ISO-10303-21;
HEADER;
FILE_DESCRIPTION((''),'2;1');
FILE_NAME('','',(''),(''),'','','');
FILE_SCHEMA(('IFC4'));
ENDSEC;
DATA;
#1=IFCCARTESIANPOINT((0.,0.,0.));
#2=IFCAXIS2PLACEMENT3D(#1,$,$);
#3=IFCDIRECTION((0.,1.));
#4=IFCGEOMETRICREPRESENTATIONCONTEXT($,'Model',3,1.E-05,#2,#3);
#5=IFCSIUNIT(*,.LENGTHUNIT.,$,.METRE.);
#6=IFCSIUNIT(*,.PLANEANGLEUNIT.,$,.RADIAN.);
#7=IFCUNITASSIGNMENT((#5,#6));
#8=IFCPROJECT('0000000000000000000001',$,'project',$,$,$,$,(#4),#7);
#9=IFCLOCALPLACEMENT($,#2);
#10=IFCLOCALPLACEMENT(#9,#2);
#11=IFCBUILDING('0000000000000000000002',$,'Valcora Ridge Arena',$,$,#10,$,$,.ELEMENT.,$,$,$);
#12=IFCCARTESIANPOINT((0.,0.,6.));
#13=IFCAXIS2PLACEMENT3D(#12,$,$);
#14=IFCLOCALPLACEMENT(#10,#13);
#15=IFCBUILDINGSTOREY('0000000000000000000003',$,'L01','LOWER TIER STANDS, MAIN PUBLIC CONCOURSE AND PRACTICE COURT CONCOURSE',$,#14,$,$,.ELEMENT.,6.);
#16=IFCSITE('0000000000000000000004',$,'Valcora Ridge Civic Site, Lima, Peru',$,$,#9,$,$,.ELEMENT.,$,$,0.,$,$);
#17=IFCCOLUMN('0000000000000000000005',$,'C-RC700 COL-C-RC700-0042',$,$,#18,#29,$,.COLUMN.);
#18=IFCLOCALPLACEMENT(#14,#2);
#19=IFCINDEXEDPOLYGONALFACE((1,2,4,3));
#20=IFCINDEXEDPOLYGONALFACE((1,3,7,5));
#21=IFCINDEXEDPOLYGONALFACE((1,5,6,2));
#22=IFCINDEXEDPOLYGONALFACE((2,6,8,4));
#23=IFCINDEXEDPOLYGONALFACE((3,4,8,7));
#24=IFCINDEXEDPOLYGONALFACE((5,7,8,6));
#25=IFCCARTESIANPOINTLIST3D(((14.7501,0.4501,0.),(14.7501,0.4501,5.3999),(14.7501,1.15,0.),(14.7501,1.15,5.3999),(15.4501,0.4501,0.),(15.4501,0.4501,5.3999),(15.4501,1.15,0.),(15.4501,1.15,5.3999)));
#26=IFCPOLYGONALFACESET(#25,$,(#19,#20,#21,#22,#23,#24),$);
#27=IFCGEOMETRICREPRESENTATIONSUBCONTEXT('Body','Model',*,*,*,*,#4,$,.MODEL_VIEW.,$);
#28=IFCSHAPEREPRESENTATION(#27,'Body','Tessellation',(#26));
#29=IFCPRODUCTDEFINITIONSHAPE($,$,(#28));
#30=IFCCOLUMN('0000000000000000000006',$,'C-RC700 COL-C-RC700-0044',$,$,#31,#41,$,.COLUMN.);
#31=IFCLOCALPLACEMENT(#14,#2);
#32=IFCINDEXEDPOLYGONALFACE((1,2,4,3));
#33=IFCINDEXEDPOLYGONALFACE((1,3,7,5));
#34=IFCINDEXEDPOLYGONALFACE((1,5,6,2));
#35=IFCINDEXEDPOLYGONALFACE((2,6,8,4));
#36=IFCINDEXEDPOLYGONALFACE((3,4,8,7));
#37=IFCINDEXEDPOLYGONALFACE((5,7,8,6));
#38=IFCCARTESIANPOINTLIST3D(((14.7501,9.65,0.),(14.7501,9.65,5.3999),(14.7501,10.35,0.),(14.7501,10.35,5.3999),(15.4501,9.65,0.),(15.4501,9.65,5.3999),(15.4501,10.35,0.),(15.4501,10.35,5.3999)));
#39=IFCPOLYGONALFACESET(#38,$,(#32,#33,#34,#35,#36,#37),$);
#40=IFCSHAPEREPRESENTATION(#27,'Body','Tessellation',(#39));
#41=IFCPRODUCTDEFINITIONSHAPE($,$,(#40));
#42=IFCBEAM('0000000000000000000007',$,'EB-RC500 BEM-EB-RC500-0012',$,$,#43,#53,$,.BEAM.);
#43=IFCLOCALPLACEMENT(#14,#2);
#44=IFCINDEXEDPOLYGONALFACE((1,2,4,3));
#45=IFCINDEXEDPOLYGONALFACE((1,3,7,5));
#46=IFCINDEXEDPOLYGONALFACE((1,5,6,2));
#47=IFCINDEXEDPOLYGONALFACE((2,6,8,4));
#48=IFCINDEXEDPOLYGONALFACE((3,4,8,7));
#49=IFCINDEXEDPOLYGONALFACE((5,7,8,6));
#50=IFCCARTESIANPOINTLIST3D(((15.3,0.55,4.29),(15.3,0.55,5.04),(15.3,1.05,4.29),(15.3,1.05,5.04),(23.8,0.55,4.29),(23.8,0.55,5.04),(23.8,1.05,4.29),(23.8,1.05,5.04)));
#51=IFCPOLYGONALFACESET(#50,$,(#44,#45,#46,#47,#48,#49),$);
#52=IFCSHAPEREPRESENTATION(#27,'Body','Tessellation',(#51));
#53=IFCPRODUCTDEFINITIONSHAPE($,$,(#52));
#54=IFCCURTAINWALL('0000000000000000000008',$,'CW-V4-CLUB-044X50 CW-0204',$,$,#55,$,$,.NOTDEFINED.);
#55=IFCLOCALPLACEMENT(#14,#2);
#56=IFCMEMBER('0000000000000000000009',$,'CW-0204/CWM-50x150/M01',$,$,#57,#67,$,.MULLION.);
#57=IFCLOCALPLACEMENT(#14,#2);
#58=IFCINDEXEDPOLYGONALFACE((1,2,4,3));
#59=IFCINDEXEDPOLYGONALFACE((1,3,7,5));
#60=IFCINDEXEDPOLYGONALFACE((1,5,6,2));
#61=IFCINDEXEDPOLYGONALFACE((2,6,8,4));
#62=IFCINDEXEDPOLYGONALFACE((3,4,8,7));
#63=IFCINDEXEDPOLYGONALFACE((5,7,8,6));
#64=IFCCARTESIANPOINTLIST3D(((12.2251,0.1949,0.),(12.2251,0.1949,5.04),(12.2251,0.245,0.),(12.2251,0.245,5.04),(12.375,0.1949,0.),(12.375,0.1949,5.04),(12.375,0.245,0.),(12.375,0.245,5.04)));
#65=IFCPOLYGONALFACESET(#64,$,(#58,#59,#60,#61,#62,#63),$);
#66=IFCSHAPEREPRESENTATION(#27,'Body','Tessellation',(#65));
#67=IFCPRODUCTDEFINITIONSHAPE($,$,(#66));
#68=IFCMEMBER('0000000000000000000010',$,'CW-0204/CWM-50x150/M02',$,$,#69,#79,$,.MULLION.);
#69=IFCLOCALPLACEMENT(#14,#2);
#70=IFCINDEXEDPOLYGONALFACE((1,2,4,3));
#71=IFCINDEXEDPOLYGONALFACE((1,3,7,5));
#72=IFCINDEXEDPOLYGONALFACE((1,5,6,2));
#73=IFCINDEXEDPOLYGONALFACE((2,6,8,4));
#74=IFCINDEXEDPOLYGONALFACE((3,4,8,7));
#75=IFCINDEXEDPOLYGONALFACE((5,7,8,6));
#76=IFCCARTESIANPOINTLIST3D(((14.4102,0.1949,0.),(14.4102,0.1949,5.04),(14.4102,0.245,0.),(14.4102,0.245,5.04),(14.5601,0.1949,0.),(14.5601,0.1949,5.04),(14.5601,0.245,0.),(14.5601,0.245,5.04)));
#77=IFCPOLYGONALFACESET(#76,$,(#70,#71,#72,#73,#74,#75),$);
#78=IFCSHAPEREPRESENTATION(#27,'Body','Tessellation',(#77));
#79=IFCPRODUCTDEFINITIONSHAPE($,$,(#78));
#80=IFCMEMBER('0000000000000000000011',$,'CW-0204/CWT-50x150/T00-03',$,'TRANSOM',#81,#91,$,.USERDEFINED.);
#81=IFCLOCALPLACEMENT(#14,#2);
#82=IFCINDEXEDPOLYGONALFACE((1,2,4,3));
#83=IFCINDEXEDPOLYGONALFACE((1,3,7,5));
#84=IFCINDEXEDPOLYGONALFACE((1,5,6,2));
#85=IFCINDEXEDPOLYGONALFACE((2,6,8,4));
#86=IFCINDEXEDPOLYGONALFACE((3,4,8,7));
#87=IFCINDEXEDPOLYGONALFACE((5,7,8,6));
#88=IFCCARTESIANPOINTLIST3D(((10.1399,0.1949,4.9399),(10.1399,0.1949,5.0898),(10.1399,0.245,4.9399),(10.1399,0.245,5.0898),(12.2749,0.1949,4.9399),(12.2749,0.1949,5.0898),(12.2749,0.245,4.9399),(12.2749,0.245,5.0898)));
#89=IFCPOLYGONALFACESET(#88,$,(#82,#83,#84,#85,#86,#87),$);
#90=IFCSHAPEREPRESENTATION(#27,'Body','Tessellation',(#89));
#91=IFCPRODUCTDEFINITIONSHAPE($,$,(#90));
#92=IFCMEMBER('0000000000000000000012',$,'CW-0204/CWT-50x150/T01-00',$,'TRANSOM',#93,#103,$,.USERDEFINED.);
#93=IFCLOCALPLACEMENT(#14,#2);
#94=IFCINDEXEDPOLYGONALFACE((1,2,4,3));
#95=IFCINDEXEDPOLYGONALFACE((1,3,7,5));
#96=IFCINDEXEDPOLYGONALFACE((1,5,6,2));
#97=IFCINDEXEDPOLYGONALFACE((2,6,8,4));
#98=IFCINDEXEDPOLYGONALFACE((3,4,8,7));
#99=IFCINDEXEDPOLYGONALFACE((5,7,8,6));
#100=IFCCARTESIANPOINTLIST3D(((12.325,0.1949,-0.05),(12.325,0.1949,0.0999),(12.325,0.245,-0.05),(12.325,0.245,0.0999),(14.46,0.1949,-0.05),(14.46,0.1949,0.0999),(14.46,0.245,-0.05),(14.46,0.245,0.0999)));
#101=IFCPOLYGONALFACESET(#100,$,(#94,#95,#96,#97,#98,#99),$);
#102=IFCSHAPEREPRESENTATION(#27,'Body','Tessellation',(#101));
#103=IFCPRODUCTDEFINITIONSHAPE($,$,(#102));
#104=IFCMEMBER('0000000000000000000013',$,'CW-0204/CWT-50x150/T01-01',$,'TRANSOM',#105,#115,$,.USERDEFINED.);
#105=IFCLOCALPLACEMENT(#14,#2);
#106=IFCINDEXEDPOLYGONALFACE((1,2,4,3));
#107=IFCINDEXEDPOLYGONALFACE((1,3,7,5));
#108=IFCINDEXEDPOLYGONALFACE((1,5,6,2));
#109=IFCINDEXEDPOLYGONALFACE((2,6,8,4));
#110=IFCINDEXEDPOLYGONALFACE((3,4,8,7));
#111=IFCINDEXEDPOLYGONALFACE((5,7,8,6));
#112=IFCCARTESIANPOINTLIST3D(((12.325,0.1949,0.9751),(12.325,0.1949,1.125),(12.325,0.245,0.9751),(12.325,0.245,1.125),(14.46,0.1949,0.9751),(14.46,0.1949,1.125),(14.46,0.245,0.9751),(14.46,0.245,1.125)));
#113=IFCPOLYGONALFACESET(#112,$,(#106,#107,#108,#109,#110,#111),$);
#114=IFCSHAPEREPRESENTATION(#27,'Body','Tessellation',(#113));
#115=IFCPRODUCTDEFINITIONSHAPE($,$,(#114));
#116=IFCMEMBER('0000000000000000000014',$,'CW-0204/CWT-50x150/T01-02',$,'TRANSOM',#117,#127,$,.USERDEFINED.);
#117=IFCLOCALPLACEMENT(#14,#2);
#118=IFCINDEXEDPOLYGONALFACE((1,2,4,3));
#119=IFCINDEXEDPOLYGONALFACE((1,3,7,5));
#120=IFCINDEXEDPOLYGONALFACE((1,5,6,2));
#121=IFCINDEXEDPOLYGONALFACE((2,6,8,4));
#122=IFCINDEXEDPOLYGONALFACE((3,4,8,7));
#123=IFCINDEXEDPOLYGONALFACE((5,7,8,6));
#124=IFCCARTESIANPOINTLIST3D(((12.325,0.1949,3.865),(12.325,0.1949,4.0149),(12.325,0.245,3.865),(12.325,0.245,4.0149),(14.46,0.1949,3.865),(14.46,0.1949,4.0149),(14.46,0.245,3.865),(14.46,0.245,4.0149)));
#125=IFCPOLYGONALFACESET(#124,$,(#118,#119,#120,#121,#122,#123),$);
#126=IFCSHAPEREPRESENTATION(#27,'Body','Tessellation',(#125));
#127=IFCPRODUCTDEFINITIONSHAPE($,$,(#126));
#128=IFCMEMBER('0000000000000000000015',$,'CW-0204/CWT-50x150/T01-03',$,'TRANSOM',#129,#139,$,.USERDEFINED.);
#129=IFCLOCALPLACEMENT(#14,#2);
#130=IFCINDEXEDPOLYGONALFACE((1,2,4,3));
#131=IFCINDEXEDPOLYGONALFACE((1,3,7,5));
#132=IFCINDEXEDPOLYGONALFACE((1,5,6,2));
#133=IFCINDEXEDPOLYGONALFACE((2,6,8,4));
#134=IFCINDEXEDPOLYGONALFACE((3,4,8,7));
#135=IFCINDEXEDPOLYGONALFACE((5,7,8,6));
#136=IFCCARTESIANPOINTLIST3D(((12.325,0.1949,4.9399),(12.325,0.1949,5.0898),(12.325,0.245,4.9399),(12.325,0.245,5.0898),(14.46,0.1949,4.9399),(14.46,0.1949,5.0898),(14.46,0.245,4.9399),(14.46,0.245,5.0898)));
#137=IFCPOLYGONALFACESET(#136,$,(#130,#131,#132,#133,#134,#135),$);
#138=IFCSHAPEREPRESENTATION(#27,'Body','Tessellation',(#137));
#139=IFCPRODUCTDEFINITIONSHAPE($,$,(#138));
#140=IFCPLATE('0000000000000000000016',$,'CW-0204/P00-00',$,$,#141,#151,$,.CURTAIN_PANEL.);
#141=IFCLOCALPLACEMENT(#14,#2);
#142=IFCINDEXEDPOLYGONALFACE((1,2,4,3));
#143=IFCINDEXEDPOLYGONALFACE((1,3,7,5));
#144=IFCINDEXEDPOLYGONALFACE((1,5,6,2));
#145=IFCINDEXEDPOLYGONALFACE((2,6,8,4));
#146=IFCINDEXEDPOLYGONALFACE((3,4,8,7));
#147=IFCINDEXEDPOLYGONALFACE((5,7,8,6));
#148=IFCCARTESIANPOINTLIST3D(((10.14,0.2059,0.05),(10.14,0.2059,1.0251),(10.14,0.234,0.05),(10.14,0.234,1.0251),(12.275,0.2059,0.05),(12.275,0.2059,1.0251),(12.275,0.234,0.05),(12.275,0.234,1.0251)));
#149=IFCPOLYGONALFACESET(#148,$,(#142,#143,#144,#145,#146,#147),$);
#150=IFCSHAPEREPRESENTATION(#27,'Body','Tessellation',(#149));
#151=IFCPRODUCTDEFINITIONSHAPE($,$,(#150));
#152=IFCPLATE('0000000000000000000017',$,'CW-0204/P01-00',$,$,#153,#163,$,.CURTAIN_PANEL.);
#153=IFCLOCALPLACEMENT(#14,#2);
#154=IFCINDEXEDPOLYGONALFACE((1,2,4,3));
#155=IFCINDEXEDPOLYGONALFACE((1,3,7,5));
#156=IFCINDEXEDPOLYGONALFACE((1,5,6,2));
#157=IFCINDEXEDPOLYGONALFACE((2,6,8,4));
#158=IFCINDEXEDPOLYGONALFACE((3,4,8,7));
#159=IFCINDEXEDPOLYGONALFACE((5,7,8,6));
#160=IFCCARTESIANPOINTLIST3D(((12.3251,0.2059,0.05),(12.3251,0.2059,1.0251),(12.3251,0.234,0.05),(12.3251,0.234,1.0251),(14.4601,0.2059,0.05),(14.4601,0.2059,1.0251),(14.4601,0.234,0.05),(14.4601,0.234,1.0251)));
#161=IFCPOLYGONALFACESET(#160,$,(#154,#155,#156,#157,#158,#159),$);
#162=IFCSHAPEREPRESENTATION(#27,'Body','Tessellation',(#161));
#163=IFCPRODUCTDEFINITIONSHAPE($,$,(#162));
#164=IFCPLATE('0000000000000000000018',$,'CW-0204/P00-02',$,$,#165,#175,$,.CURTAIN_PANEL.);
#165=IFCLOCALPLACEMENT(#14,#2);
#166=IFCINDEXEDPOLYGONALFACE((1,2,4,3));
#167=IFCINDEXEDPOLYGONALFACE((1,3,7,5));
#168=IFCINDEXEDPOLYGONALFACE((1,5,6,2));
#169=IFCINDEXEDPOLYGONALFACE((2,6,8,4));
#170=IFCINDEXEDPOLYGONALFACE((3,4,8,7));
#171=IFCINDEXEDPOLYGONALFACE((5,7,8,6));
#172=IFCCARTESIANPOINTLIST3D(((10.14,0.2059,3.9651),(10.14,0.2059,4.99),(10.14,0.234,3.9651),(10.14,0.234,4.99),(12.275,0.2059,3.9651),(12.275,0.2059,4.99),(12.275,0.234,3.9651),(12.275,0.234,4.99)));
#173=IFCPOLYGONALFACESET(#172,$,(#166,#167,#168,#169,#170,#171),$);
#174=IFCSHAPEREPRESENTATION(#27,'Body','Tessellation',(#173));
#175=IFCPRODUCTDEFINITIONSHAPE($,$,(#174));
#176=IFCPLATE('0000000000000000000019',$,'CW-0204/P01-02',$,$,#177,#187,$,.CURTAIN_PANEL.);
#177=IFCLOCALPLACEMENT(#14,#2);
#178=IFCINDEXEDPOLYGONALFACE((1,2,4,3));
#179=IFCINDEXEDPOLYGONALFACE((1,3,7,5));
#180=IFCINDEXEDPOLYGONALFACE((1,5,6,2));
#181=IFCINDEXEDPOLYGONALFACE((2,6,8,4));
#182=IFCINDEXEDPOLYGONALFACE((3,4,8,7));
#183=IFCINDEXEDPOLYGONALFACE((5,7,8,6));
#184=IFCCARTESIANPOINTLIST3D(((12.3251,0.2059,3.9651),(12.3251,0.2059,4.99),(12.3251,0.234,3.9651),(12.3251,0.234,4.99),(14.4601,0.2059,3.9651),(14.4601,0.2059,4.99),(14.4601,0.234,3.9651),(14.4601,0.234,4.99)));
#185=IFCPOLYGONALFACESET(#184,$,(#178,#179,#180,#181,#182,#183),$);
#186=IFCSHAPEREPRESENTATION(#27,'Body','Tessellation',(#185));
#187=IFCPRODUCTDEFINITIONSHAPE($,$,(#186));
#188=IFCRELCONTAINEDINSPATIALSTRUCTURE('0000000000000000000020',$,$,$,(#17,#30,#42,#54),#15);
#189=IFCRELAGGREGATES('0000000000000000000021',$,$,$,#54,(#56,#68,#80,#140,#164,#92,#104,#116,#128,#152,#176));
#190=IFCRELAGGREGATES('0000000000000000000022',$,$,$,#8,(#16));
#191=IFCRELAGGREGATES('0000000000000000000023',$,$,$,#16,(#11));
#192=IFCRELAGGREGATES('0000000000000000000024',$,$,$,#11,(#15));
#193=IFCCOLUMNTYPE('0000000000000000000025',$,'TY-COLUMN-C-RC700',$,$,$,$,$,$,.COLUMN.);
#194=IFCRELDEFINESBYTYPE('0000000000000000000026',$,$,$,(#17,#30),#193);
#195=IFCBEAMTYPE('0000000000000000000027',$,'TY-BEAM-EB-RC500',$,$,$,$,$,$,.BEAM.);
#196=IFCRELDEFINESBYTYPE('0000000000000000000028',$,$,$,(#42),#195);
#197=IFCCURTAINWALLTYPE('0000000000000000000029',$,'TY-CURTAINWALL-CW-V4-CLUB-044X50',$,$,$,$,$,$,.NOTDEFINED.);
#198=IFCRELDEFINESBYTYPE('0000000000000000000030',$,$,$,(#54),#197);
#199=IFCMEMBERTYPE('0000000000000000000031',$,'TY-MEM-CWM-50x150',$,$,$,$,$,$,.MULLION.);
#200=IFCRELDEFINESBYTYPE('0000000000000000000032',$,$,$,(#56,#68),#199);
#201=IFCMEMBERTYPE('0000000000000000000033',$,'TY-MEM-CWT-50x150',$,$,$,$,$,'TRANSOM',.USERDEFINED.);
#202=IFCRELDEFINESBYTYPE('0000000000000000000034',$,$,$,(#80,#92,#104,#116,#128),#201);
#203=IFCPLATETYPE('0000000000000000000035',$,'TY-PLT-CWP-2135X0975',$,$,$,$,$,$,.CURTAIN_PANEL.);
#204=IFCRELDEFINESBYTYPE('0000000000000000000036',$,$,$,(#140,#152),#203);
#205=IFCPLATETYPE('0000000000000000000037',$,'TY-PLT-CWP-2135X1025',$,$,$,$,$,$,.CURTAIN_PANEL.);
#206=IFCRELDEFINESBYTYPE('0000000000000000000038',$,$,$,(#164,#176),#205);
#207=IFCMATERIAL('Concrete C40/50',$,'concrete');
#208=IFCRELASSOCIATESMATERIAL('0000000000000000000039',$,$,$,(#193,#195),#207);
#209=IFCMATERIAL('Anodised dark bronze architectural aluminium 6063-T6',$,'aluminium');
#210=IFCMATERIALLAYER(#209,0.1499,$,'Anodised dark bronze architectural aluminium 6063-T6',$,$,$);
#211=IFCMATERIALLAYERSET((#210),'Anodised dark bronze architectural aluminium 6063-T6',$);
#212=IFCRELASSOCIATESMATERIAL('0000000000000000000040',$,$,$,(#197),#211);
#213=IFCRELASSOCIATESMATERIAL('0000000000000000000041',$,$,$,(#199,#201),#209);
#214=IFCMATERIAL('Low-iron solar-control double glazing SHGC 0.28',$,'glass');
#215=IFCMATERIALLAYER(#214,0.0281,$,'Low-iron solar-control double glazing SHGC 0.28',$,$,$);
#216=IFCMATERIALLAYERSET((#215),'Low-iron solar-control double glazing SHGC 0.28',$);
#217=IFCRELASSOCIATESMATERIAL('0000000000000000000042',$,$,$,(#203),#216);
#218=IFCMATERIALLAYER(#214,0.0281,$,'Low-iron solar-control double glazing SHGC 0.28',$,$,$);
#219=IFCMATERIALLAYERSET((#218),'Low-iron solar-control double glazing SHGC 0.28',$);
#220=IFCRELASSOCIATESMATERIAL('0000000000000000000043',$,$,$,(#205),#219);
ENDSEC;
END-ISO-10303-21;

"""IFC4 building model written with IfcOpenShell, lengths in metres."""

from ifc_helpers import new_model, si_unit, direction, frame, origin, origin_2d, place, context, subcontext, project, spatial, rectangle, extrude, material, layer, layer_set, material_profile, profile_set, type_object, element, aggregate, save


model = new_model("IFC4")

# Units and contexts
model_context = context("Model", 3, precision=1e-05, world=origin(), true_north=direction((0.0, 1.0)))
body_context = subcontext(model_context, "Body", "Model", "MODEL_VIEW")
ifc_project = project(units=[si_unit("LENGTHUNIT", "METRE"), si_unit("PLANEANGLEUNIT", "RADIAN")], contexts=[model_context])

# Site, building, storey
site_placement = place(None, origin())
site = spatial("IfcSite", under=ifc_project, at=site_placement, Name="Valcora Ridge Civic Site, Lima, Peru", CompositionType="ELEMENT", RefElevation=0.0)
building_placement = place(site_placement, origin())
building = spatial("IfcBuilding", under=site, at=building_placement, Name="Valcora Ridge Arena", CompositionType="ELEMENT")
storey_placement = place(building_placement, frame((0.0, 0.0, 6.0)))
storey = spatial("IfcBuildingStorey", under=building, at=storey_placement, Name="L01", Description="LOWER TIER STANDS, MAIN PUBLIC CONCOURSE AND PRACTICE COURT CONCOURSE", CompositionType="ELEMENT", Elevation=6.0)

# Columns
ifc_material_1 = material(Name="Concrete C40/50", Category="concrete")
ifc_material_profile_1 = material_profile(ifc_material_1, rectangle(XDim=0.7, YDim=0.7, at=origin_2d()), Name="RC 700x700")
ifc_profile_set_1 = profile_set([ifc_material_profile_1], Name="Concrete C40/50")
column_type = type_object("IfcColumnType", Name="TY-COLUMN-C-RC700", PredefinedType="COLUMN", material=ifc_profile_set_1)
for number, where, z_axis, x_axis, name in (
    (1, (15.1001, 0.8, 0.0), (0.0, 0.0, 1.0), (1.0, 0.0, 0.0), "C-RC700 COL-C-RC700-0042"),
    (2, (15.1001, 10.0, 0.0), (0.0, 0.0, 1.0), (1.0, 0.0, 0.0), "C-RC700 COL-C-RC700-0044"),
):
    element("IfcColumn", number, at=place(storey_placement, frame(where, z_axis=z_axis, x_axis=x_axis)), inside=storey, type_object=column_type, Name=name, PredefinedType="COLUMN", context=body_context, shape_type="SweptSolid", body=[
        extrude(rectangle(XDim=0.7, YDim=0.7, at=origin_2d()), origin(), (0.0, 0.0, 1.0), 5.3999),
    ])

# Beam
ifc_material_profile_2 = material_profile(ifc_material_1, rectangle(XDim=0.5, YDim=0.75, at=origin_2d()), Name="RC 500x750")
ifc_profile_set_2 = profile_set([ifc_material_profile_2], Name="Concrete C40/50")
beam_type = type_object("IfcBeamType", Name="TY-BEAM-EB-RC500", PredefinedType="BEAM", material=ifc_profile_set_2)
beam_placement = place(storey_placement, frame((15.3, 0.8, 4.665), z_axis=(1.0, 0.0, 0.0), x_axis=(0.0, 1.0, 0.0)))
element("IfcBeam", 3, at=beam_placement, inside=storey, type_object=beam_type, Name="EB-RC500 BEM-EB-RC500-0012", PredefinedType="BEAM", context=body_context, shape_type="SweptSolid", body=[
    extrude(rectangle(XDim=0.5, YDim=0.75, at=origin_2d()), origin(), (0.0, 0.0, 1.0), 8.5),
])

# Curtain wall, members, plates
ifc_material_2 = material(Name="Anodised dark bronze architectural aluminium 6063-T6", Category="aluminium")
ifc_layer_1 = layer(ifc_material_2, 0.1499, Name="Anodised dark bronze architectural aluminium 6063-T6")
ifc_layer_set_1 = layer_set([ifc_layer_1], Name="Anodised dark bronze architectural aluminium 6063-T6")
curtain_wall_type = type_object("IfcCurtainWallType", Name="TY-CURTAINWALL-CW-V4-CLUB-044X50", PredefinedType="NOTDEFINED", material=ifc_layer_set_1)
curtain_wall_placement = place(storey_placement, origin())
curtain_wall = element("IfcCurtainWall", 4, at=curtain_wall_placement, inside=storey, type_object=curtain_wall_type, Name="CW-V4-CLUB-044X50 CW-0204", PredefinedType="NOTDEFINED")
ifc_material_profile_3 = material_profile(ifc_material_2, rectangle(XDim=0.05, YDim=0.1499, at=origin_2d()), Name="ALU MULLION 50x150")
ifc_profile_set_3 = profile_set([ifc_material_profile_3], Name="Anodised dark bronze architectural aluminium 6063-T6")
member_type_1 = type_object("IfcMemberType", Name="TY-MEM-CWM-50x150", PredefinedType="MULLION", material=ifc_profile_set_3)
member_1_placement = place(storey_placement, frame((12.3, 0.22, 0.0), z_axis=(0.0, 0.0, 1.0), x_axis=(0.0, 1.0, 0.0)))
member_1 = element("IfcMember", 5, at=member_1_placement, type_object=member_type_1, Name="CW-0204/CWM-50x150/M01", PredefinedType="MULLION", context=body_context, shape_type="SweptSolid", body=[
    extrude(rectangle(XDim=0.05, YDim=0.1499, at=origin_2d()), origin(), (0.0, 0.0, 1.0), 5.04),
])
member_2_placement = place(storey_placement, frame((14.4851, 0.22, 0.0), z_axis=(0.0, 0.0, 1.0), x_axis=(0.0, 1.0, 0.0)))
member_2 = element("IfcMember", 6, at=member_2_placement, type_object=member_type_1, Name="CW-0204/CWM-50x150/M02", PredefinedType="MULLION", context=body_context, shape_type="SweptSolid", body=[
    extrude(rectangle(XDim=0.05, YDim=0.1499, at=origin_2d()), origin(), (0.0, 0.0, 1.0), 5.04),
])
ifc_material_profile_4 = material_profile(ifc_material_2, rectangle(XDim=0.05, YDim=0.1499, at=origin_2d()), Name="ALU TRANSOM 50x150")
ifc_profile_set_4 = profile_set([ifc_material_profile_4], Name="Anodised dark bronze architectural aluminium 6063-T6")
member_type_2 = type_object("IfcMemberType", Name="TY-MEM-CWT-50x150", ElementType="TRANSOM", PredefinedType="USERDEFINED", material=ifc_profile_set_4)
member_3_placement = place(storey_placement, frame((10.1399, 0.22, 5.0149), z_axis=(1.0, 0.0, 0.0), x_axis=(0.0, 1.0, 0.0)))
member_3 = element("IfcMember", 7, at=member_3_placement, type_object=member_type_2, Name="CW-0204/CWT-50x150/T00-03", ObjectType="TRANSOM", PredefinedType="USERDEFINED", context=body_context, shape_type="SweptSolid", body=[
    extrude(rectangle(XDim=0.05, YDim=0.1499, at=origin_2d()), origin(), (0.0, 0.0, 1.0), 2.135),
])
member_4_placement = place(storey_placement, frame((12.325, 0.22, 0.0249), z_axis=(1.0, 0.0, 0.0), x_axis=(0.0, 1.0, 0.0)))
member_4 = element("IfcMember", 8, at=member_4_placement, type_object=member_type_2, Name="CW-0204/CWT-50x150/T01-00", ObjectType="TRANSOM", PredefinedType="USERDEFINED", context=body_context, shape_type="SweptSolid", body=[
    extrude(rectangle(XDim=0.05, YDim=0.1499, at=origin_2d()), origin(), (0.0, 0.0, 1.0), 2.135),
])
member_5_placement = place(storey_placement, frame((12.325, 0.22, 1.05), z_axis=(1.0, 0.0, 0.0), x_axis=(0.0, 1.0, 0.0)))
member_5 = element("IfcMember", 9, at=member_5_placement, type_object=member_type_2, Name="CW-0204/CWT-50x150/T01-01", ObjectType="TRANSOM", PredefinedType="USERDEFINED", context=body_context, shape_type="SweptSolid", body=[
    extrude(rectangle(XDim=0.05, YDim=0.1499, at=origin_2d()), origin(), (0.0, 0.0, 1.0), 2.135),
])
member_6_placement = place(storey_placement, frame((12.325, 0.22, 3.9399), z_axis=(1.0, 0.0, 0.0), x_axis=(0.0, 1.0, 0.0)))
member_6 = element("IfcMember", 10, at=member_6_placement, type_object=member_type_2, Name="CW-0204/CWT-50x150/T01-02", ObjectType="TRANSOM", PredefinedType="USERDEFINED", context=body_context, shape_type="SweptSolid", body=[
    extrude(rectangle(XDim=0.05, YDim=0.1499, at=origin_2d()), origin(), (0.0, 0.0, 1.0), 2.135),
])
member_7_placement = place(storey_placement, frame((12.325, 0.22, 5.0149), z_axis=(1.0, 0.0, 0.0), x_axis=(0.0, 1.0, 0.0)))
member_7 = element("IfcMember", 11, at=member_7_placement, type_object=member_type_2, Name="CW-0204/CWT-50x150/T01-03", ObjectType="TRANSOM", PredefinedType="USERDEFINED", context=body_context, shape_type="SweptSolid", body=[
    extrude(rectangle(XDim=0.05, YDim=0.1499, at=origin_2d()), origin(), (0.0, 0.0, 1.0), 2.135),
])
ifc_material_3 = material(Name="Low-iron solar-control double glazing SHGC 0.28", Category="glass")
ifc_layer_2 = layer(ifc_material_3, 0.0281, Name="Low-iron solar-control double glazing SHGC 0.28")
ifc_layer_set_2 = layer_set([ifc_layer_2], Name="Low-iron solar-control double glazing SHGC 0.28")
plate_type_1 = type_object("IfcPlateType", Name="TY-PLT-CWP-2135X0975", PredefinedType="CURTAIN_PANEL", material=ifc_layer_set_2)
plate_1_placement = place(storey_placement, frame((11.2075, 0.22, 0.05), z_axis=(0.0, 0.0, 1.0), x_axis=(1.0, 0.0, 0.0)))
plate_1 = element("IfcPlate", 12, at=plate_1_placement, type_object=plate_type_1, Name="CW-0204/P00-00", PredefinedType="CURTAIN_PANEL", context=body_context, shape_type="SweptSolid", body=[
    extrude(rectangle(XDim=2.135, YDim=0.0281, at=origin_2d()), origin(), (0.0, 0.0, 1.0), 0.9751),
])
plate_2_placement = place(storey_placement, frame((13.3926, 0.22, 0.05), z_axis=(0.0, 0.0, 1.0), x_axis=(1.0, 0.0, 0.0)))
plate_2 = element("IfcPlate", 13, at=plate_2_placement, type_object=plate_type_1, Name="CW-0204/P01-00", PredefinedType="CURTAIN_PANEL", context=body_context, shape_type="SweptSolid", body=[
    extrude(rectangle(XDim=2.135, YDim=0.0281, at=origin_2d()), origin(), (0.0, 0.0, 1.0), 0.9751),
])
ifc_layer_3 = layer(ifc_material_3, 0.0281, Name="Low-iron solar-control double glazing SHGC 0.28")
ifc_layer_set_3 = layer_set([ifc_layer_3], Name="Low-iron solar-control double glazing SHGC 0.28")
plate_type_2 = type_object("IfcPlateType", Name="TY-PLT-CWP-2135X1025", PredefinedType="CURTAIN_PANEL", material=ifc_layer_set_3)
plate_3_placement = place(storey_placement, frame((11.2075, 0.22, 3.9651), z_axis=(0.0, 0.0, 1.0), x_axis=(1.0, 0.0, 0.0)))
plate_3 = element("IfcPlate", 14, at=plate_3_placement, type_object=plate_type_2, Name="CW-0204/P00-02", PredefinedType="CURTAIN_PANEL", context=body_context, shape_type="SweptSolid", body=[
    extrude(rectangle(XDim=2.135, YDim=0.0281, at=origin_2d()), origin(), (0.0, 0.0, 1.0), 1.0249),
])
plate_4_placement = place(storey_placement, frame((13.3926, 0.22, 3.9651), z_axis=(0.0, 0.0, 1.0), x_axis=(1.0, 0.0, 0.0)))
plate_4 = element("IfcPlate", 15, at=plate_4_placement, type_object=plate_type_2, Name="CW-0204/P01-02", PredefinedType="CURTAIN_PANEL", context=body_context, shape_type="SweptSolid", body=[
    extrude(rectangle(XDim=2.135, YDim=0.0281, at=origin_2d()), origin(), (0.0, 0.0, 1.0), 1.0249),
])
aggregate(curtain_wall, [member_1, member_2, member_3, plate_1, plate_3, member_4, member_5, member_6, member_7, plate_2, plate_4])

save(model, "model.ifc")
